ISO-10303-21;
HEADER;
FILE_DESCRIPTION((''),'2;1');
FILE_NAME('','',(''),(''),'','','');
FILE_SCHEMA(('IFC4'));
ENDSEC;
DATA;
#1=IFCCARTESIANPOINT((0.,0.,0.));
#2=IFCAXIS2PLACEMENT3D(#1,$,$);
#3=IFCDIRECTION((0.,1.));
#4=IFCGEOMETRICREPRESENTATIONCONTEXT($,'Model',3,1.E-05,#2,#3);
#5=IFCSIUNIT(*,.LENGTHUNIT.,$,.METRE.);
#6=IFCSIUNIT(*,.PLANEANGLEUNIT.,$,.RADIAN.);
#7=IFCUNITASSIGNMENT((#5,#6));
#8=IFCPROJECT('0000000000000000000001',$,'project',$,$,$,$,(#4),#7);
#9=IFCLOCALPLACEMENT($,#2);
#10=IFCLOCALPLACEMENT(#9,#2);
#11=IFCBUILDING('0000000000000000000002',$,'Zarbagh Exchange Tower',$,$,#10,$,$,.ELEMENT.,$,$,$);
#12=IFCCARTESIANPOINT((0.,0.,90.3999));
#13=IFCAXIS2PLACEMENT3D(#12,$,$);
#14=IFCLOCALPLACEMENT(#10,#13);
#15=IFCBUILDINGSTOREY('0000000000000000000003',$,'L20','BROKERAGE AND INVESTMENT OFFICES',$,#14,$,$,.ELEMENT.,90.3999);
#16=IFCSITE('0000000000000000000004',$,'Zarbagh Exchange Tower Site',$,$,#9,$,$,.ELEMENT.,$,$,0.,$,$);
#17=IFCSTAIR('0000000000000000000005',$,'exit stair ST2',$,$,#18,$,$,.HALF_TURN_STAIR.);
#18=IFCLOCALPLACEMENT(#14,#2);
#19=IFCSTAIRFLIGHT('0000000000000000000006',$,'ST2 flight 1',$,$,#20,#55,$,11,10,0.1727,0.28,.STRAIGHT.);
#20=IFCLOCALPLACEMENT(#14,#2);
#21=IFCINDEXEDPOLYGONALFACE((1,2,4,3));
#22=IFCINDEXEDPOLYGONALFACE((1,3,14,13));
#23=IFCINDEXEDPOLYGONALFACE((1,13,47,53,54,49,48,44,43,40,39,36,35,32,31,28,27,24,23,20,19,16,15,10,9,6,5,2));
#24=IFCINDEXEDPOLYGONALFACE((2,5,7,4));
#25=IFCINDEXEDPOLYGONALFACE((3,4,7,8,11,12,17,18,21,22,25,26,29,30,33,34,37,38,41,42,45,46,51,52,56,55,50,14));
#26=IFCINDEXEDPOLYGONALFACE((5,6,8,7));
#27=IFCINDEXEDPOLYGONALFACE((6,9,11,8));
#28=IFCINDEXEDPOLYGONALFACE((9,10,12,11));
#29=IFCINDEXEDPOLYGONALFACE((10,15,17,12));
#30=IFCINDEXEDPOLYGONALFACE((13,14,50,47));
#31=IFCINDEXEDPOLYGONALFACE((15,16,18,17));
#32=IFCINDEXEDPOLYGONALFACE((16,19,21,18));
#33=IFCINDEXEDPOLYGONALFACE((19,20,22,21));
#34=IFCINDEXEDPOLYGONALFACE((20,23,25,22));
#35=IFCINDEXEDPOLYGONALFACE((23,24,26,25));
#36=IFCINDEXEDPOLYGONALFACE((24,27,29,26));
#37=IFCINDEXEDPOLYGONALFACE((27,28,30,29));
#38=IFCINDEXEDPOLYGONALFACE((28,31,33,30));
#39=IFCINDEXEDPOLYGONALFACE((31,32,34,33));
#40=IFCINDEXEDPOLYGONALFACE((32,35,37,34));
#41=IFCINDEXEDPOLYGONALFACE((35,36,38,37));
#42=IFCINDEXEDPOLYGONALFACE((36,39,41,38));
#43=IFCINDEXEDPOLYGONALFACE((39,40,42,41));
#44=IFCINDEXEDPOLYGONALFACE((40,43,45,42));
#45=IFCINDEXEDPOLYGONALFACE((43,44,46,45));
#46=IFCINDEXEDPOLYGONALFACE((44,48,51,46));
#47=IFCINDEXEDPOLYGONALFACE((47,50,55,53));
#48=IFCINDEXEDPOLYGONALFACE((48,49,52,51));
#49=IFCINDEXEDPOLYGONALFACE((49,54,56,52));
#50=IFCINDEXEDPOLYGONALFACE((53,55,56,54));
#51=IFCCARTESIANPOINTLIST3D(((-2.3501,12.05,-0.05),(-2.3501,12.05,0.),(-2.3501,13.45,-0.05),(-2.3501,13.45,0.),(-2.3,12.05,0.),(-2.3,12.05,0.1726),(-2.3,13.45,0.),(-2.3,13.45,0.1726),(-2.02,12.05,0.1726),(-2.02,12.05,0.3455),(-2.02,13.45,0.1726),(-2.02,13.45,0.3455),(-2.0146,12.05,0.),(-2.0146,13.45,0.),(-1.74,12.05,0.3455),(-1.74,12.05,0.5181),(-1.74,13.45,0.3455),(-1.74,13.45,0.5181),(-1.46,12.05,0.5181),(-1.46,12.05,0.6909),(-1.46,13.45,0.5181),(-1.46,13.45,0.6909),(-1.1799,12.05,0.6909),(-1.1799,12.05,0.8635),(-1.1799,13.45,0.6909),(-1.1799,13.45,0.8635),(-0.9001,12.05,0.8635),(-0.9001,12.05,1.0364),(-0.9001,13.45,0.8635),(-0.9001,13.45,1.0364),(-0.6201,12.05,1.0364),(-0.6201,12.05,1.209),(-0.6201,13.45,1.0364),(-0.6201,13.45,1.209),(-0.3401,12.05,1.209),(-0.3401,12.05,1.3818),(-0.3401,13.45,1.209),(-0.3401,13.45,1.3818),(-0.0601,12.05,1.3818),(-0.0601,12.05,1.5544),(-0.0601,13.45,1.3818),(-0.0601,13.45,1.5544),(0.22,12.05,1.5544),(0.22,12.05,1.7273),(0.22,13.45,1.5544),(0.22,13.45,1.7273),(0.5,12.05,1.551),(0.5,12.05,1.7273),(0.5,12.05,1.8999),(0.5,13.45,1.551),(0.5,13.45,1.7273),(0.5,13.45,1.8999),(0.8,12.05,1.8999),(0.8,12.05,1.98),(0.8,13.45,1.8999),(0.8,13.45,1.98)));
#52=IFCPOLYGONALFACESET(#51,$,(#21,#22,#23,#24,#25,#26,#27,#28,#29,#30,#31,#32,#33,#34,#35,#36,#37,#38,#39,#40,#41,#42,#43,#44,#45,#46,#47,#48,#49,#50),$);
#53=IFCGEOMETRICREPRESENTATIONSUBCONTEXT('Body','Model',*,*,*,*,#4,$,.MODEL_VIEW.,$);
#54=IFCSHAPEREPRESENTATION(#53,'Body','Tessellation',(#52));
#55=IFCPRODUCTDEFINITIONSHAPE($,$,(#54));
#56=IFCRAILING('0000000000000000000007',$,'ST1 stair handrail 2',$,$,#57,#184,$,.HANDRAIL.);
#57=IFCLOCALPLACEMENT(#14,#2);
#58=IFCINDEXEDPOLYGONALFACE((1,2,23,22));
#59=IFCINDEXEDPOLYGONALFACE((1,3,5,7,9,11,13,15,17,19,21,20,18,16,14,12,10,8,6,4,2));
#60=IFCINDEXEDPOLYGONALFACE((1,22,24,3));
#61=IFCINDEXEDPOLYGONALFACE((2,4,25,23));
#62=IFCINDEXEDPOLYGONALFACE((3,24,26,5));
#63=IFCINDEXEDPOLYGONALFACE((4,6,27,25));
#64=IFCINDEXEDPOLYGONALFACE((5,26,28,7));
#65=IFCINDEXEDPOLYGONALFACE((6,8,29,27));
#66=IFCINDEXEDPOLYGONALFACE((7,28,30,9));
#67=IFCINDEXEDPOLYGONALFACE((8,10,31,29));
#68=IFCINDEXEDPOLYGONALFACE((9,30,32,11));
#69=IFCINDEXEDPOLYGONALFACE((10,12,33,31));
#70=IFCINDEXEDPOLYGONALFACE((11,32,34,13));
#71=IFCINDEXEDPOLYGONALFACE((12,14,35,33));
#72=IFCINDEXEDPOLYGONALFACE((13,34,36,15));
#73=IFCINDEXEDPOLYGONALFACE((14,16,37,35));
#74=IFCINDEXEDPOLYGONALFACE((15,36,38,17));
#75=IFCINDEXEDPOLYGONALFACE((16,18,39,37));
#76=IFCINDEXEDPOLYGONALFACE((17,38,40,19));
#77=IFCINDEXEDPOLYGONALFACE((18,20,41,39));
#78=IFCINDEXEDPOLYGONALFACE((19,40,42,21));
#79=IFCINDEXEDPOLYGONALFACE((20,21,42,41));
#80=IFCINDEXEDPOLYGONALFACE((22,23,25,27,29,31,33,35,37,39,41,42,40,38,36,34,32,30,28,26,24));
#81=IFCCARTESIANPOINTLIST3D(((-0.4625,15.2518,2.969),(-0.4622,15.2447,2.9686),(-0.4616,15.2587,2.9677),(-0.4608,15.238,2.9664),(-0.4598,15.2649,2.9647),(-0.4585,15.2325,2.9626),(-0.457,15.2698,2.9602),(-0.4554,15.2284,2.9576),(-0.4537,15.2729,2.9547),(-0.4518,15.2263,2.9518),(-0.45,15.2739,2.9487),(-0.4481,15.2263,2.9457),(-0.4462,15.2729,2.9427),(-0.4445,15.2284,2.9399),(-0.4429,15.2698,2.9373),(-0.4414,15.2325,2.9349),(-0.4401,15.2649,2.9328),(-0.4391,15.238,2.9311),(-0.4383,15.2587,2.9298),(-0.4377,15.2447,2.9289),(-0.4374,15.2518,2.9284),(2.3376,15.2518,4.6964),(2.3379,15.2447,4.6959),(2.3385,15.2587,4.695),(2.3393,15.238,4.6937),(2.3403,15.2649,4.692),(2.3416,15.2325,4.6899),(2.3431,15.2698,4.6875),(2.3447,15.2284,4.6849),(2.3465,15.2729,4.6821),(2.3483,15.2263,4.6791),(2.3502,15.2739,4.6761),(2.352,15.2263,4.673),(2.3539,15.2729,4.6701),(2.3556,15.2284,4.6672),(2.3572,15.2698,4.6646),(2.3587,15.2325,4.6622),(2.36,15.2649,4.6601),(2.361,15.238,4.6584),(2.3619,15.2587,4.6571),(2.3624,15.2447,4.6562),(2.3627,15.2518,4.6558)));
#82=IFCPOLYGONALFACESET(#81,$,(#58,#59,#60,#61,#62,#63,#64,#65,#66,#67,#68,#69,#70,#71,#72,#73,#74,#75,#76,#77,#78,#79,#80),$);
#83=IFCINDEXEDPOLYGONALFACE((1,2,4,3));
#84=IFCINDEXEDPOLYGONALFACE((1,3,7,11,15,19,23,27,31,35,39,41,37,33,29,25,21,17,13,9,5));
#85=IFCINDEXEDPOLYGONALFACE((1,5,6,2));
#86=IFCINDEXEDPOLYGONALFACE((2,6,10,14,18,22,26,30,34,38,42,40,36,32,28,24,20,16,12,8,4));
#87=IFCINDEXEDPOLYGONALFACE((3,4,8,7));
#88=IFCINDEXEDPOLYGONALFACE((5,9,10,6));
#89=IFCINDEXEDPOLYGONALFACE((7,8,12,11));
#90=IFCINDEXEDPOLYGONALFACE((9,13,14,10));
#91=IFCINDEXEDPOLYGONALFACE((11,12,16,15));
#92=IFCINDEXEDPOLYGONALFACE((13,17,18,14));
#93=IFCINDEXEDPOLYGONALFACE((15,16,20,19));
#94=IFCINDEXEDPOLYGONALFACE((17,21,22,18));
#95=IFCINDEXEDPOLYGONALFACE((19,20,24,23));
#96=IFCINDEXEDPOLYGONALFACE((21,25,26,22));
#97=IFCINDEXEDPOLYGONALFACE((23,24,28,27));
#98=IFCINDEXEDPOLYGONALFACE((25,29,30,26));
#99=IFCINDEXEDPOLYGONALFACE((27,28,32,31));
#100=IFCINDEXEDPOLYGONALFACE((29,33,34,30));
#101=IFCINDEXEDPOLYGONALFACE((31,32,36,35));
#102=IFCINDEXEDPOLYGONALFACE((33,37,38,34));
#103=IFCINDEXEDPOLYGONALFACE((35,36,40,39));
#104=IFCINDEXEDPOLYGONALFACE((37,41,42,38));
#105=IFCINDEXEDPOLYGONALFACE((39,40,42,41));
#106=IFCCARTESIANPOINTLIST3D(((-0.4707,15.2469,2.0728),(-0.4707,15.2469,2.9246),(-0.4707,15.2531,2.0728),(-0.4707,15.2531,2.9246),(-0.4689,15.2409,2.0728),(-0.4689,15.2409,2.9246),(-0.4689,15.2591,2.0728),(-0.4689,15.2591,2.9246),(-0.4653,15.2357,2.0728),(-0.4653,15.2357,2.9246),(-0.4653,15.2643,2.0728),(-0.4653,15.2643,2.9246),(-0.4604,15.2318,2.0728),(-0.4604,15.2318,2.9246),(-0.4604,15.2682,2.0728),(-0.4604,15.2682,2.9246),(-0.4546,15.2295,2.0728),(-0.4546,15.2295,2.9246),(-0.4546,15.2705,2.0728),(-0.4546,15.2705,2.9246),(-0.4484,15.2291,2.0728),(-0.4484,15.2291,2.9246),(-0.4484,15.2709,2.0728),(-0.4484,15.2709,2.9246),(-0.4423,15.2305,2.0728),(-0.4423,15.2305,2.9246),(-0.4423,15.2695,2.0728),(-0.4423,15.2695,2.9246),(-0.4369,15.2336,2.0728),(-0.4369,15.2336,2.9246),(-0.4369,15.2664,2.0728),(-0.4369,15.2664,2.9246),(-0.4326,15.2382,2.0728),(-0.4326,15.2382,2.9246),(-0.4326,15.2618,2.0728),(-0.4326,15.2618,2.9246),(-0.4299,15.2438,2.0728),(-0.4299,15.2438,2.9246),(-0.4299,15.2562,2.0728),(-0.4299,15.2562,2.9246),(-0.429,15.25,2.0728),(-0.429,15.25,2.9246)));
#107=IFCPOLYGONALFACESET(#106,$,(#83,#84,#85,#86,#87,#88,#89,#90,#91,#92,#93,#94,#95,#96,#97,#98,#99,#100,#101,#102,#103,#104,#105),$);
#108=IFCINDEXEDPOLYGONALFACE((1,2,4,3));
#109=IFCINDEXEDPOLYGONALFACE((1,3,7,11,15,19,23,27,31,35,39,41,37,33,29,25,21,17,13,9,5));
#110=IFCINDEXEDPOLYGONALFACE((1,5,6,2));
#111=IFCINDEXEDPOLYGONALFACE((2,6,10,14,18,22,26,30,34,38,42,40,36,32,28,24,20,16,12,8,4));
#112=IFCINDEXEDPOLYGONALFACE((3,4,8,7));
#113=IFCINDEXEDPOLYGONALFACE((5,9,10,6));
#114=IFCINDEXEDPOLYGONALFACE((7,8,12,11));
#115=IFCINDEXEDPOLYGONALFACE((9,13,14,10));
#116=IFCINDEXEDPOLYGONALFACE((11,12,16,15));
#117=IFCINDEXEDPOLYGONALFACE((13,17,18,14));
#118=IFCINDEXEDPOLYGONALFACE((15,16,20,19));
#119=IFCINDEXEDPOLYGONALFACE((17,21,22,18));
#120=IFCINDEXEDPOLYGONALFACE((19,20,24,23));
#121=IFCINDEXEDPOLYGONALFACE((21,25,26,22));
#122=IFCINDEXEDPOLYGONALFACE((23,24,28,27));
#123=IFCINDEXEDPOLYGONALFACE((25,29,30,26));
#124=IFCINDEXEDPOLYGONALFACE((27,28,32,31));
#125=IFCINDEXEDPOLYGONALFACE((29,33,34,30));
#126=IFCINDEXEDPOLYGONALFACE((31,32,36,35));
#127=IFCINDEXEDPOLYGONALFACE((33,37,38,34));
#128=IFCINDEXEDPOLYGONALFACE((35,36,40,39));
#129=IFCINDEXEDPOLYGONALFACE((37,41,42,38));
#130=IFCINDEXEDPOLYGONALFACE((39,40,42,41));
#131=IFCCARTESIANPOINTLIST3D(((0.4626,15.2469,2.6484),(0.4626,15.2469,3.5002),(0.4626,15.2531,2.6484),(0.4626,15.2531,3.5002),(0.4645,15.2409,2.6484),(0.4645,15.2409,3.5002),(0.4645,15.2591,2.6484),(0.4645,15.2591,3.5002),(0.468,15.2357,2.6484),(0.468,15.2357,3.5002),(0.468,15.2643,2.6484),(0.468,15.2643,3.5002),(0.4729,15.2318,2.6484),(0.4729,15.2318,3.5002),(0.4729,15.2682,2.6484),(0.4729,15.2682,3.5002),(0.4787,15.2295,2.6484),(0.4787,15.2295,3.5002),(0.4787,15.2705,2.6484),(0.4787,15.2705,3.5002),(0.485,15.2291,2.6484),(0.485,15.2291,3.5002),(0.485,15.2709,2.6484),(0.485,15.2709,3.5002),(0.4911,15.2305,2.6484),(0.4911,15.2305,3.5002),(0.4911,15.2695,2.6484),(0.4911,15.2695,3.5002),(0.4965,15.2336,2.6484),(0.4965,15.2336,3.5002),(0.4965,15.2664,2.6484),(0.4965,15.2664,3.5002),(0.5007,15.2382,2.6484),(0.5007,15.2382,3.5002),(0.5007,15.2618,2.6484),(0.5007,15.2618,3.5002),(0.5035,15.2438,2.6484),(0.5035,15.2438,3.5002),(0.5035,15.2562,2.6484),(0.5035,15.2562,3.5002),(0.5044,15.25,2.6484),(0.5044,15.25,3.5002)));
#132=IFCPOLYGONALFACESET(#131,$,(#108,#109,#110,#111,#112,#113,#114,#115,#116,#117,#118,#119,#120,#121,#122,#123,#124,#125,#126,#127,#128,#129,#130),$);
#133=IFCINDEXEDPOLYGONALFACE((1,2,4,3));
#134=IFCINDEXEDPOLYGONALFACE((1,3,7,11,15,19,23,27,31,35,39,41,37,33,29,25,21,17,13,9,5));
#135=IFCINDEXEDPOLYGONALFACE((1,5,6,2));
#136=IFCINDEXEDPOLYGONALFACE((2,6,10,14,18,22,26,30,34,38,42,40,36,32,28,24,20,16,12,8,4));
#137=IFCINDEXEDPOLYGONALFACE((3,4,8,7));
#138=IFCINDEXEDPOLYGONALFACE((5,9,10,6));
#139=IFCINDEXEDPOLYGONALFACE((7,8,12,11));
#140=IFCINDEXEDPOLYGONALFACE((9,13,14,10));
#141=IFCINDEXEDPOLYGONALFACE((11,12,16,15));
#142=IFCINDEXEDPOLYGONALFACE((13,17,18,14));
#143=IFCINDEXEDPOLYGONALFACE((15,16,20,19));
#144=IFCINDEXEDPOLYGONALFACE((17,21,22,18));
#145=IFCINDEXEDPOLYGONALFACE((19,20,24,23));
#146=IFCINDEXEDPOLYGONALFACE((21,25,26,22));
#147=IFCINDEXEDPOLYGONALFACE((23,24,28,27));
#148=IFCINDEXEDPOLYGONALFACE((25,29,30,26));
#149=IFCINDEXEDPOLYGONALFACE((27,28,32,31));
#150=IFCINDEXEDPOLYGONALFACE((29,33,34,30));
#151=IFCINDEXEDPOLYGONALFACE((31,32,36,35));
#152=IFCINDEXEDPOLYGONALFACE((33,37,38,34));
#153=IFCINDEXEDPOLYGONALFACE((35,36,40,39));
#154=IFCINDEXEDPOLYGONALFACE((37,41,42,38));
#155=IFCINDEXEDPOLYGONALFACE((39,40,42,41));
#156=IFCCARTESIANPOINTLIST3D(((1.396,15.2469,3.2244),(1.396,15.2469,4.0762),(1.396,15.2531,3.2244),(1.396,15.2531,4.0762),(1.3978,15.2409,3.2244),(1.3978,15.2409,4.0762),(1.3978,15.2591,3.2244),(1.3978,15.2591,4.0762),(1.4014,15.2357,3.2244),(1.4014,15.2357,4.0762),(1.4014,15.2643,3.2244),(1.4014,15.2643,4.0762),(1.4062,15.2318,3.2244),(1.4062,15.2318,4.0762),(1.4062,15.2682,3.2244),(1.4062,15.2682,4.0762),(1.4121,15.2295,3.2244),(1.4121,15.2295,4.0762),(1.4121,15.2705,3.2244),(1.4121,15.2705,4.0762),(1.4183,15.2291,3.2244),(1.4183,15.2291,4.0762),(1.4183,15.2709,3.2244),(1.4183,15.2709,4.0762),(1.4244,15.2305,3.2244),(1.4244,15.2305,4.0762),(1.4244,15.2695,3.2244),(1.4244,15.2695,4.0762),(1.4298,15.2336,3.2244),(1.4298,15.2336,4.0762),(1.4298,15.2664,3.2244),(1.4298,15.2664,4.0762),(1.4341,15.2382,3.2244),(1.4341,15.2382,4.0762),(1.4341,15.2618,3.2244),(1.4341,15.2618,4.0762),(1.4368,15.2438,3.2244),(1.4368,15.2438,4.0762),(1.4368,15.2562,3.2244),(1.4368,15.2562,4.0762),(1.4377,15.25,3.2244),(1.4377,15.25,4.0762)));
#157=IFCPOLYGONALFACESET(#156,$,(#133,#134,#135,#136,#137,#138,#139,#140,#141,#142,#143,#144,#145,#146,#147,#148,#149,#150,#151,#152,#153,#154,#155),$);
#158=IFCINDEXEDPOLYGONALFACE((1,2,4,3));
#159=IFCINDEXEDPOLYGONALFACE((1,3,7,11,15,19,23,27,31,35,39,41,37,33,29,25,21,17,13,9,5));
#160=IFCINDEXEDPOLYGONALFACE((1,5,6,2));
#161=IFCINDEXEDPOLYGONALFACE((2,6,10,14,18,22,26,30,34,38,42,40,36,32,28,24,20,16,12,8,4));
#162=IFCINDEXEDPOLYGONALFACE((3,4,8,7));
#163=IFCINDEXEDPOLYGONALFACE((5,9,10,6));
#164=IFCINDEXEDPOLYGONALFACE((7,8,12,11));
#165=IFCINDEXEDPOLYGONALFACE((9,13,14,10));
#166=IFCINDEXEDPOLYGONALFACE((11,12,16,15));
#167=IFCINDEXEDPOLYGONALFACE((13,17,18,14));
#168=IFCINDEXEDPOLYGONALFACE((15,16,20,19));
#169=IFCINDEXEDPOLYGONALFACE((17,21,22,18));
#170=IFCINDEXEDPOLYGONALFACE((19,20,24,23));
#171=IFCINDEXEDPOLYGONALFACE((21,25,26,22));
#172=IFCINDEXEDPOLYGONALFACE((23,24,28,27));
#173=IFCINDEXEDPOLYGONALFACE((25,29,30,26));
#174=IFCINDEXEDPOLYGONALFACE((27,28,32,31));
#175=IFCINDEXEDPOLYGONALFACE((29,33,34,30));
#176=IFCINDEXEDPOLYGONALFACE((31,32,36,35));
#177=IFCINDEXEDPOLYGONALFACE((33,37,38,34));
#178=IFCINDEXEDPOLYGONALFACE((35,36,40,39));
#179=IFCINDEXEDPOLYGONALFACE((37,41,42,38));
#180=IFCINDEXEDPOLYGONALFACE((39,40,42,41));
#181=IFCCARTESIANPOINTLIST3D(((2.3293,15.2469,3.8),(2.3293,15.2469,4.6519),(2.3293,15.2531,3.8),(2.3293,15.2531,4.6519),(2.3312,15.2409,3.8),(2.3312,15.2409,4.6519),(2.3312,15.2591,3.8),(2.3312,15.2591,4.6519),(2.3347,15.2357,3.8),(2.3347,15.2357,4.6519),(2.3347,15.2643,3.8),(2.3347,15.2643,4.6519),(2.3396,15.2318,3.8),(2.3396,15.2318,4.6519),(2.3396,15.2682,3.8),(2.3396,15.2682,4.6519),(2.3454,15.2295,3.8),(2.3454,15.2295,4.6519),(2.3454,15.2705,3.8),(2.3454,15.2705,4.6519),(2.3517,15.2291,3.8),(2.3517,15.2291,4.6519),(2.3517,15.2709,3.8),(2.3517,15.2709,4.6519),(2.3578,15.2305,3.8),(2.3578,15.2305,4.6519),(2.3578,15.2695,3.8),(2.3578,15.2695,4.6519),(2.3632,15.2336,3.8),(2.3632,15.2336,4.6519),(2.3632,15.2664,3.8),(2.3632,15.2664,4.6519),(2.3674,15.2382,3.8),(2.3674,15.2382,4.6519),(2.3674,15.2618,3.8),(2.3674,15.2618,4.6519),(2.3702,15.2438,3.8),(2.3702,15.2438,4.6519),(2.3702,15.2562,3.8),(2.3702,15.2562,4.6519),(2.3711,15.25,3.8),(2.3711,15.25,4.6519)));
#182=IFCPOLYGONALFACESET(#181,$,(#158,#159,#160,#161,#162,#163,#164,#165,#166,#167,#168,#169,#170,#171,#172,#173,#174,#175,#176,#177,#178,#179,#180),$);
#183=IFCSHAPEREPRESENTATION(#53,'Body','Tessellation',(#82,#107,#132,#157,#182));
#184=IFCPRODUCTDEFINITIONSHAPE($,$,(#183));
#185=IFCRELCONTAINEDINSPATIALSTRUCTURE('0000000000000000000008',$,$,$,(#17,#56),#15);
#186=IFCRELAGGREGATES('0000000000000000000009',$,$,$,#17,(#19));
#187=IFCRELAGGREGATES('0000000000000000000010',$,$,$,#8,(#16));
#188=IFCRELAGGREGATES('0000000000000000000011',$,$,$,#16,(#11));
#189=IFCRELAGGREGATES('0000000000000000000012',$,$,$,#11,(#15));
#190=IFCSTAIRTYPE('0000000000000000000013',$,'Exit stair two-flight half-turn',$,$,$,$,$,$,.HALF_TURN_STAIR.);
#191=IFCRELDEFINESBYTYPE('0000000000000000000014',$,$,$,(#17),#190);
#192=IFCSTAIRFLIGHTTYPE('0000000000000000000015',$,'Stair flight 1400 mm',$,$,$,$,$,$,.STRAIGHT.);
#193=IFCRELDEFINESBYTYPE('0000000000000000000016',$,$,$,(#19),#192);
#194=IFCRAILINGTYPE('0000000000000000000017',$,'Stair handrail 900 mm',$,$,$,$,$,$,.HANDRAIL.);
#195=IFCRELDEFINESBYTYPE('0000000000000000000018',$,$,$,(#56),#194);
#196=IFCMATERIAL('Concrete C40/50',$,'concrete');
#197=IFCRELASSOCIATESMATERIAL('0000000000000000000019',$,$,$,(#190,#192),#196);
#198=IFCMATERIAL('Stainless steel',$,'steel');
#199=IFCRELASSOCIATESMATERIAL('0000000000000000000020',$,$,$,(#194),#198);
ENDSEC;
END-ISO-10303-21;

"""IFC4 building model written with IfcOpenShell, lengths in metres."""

from ifc_helpers import new_model, si_unit, direction, frame, origin, origin_2d, place, context, subcontext, project, spatial, polyline, circle, outline, extrude, material, type_object, element, aggregate, save


model = new_model("IFC4")

# Units and contexts
model_context = context("Model", 3, precision=1e-05, world=origin(), true_north=direction((0.0, 1.0)))
body_context = subcontext(model_context, "Body", "Model", "MODEL_VIEW")
ifc_project = project(units=[si_unit("LENGTHUNIT", "METRE"), si_unit("PLANEANGLEUNIT", "RADIAN")], contexts=[model_context])

# Site, building, storey
site_placement = place(None, origin())
site = spatial("IfcSite", under=ifc_project, at=site_placement, Name="Zarbagh Exchange Tower Site", CompositionType="ELEMENT", RefElevation=0.0)
building_placement = place(site_placement, origin())
building = spatial("IfcBuilding", under=site, at=building_placement, Name="Zarbagh Exchange Tower", CompositionType="ELEMENT")
storey_placement = place(building_placement, frame((0.0, 0.0, 90.3999)))
storey = spatial("IfcBuildingStorey", under=building, at=storey_placement, Name="L20", Description="BROKERAGE AND INVESTMENT OFFICES", CompositionType="ELEMENT", Elevation=90.3999)

# Shared definitions
ifc_material_1 = material(Name="Stainless steel", Category="steel")

# Stair, stair flight
ifc_material_2 = material(Name="Concrete C40/50", Category="concrete")
stair_type = type_object("IfcStairType", Name="Exit stair two-flight half-turn", PredefinedType="HALF_TURN_STAIR", material=ifc_material_2)
stair_1_placement = place(storey_placement, origin())
stair_1 = element("IfcStair", 1, at=stair_1_placement, inside=storey, type_object=stair_type, Name="exit stair ST2", PredefinedType="HALF_TURN_STAIR")
stair_flight_type_1 = type_object("IfcStairFlightType", Name="Stair flight 1400 mm", PredefinedType="STRAIGHT", material=ifc_material_2)
stair_flight_1_placement = place(storey_placement, frame((-2.3, 12.75, 0.0), z_axis=(0.0, 0.0, 1.0), x_axis=(1.0, 0.0, 0.0)))
stair_flight_1 = element("IfcStairFlight", 2, at=stair_flight_1_placement, type_object=stair_flight_type_1, Name="ST2 flight 1", NumberOfRisers=11, NumberOfTreads=10, PredefinedType="STRAIGHT", RiserHeight=0.1727, TreadLength=0.28, context=body_context, shape_type="SweptSolid", body=[
    extrude(outline(polyline([(-0.05, -0.05), (-0.05, 0.0), (0.0, 0.0), (0.0, 0.1726), (0.28, 0.1726), (0.28, 0.3455), (0.5601, 0.3455), (0.5601, 0.5181), (0.8401, 0.5181), (0.8401, 0.6909), (1.1201, 0.6909), (1.1201, 0.8635), (1.3999, 0.8635), (1.3999, 1.0364), (1.6799, 1.0364), (1.6799, 1.209), (1.96, 1.209), (1.96, 1.3818), (2.24, 1.3818), (2.24, 1.5544), (2.52, 1.5544), (2.52, 1.7273), (2.8, 1.7273), (2.8, 1.8999), (3.1001, 1.98), (3.1001, 1.8999), (2.8, 1.551), (0.2854, 0.0), (-0.05, -0.05)])), frame((0.0, 0.7, 0.0), z_axis=(0.0, -1.0, 0.0), x_axis=(1.0, 0.0, 0.0)), (0.0, 0.0, 1.0), 1.3999),
])
aggregate(stair_1, [stair_flight_1])

# Railing
railing_type_1 = type_object("IfcRailingType", Name="Stair handrail 900 mm", PredefinedType="HANDRAIL", material=ifc_material_1)
for number, where, name in (
    (3, (-0.45, 15.25, 2.0728), "ST1 stair handrail 2"),
):
    element("IfcRailing", number, at=place(storey_placement, frame(where)), inside=storey, type_object=railing_type_1, Name=name, PredefinedType="HANDRAIL", context=body_context, shape_type="SweptSolid", body=[
        extrude(circle(Radius=0.0239, at=origin_2d()), frame((0.0, 0.0, 0.876), z_axis=(0.85109, 0.0, 0.52502), x_axis=(0.0, 1.0, 0.0)), (0.0, 0.0, 1.0), 3.29),
        extrude(circle(Radius=0.021, at=origin_2d()), origin(), (0.0, 0.0, 1.0), 0.8518),
        extrude(circle(Radius=0.021, at=origin_2d()), frame((0.9333, 0.0, 0.5757)), (0.0, 0.0, 1.0), 0.8518),
        extrude(circle(Radius=0.021, at=origin_2d()), frame((1.8667, 0.0, 1.1516)), (0.0, 0.0, 1.0), 0.8518),
        extrude(circle(Radius=0.021, at=origin_2d()), frame((2.8, 0.0, 1.7273)), (0.0, 0.0, 1.0), 0.8518),
    ])

save(model, "model.ifc")
